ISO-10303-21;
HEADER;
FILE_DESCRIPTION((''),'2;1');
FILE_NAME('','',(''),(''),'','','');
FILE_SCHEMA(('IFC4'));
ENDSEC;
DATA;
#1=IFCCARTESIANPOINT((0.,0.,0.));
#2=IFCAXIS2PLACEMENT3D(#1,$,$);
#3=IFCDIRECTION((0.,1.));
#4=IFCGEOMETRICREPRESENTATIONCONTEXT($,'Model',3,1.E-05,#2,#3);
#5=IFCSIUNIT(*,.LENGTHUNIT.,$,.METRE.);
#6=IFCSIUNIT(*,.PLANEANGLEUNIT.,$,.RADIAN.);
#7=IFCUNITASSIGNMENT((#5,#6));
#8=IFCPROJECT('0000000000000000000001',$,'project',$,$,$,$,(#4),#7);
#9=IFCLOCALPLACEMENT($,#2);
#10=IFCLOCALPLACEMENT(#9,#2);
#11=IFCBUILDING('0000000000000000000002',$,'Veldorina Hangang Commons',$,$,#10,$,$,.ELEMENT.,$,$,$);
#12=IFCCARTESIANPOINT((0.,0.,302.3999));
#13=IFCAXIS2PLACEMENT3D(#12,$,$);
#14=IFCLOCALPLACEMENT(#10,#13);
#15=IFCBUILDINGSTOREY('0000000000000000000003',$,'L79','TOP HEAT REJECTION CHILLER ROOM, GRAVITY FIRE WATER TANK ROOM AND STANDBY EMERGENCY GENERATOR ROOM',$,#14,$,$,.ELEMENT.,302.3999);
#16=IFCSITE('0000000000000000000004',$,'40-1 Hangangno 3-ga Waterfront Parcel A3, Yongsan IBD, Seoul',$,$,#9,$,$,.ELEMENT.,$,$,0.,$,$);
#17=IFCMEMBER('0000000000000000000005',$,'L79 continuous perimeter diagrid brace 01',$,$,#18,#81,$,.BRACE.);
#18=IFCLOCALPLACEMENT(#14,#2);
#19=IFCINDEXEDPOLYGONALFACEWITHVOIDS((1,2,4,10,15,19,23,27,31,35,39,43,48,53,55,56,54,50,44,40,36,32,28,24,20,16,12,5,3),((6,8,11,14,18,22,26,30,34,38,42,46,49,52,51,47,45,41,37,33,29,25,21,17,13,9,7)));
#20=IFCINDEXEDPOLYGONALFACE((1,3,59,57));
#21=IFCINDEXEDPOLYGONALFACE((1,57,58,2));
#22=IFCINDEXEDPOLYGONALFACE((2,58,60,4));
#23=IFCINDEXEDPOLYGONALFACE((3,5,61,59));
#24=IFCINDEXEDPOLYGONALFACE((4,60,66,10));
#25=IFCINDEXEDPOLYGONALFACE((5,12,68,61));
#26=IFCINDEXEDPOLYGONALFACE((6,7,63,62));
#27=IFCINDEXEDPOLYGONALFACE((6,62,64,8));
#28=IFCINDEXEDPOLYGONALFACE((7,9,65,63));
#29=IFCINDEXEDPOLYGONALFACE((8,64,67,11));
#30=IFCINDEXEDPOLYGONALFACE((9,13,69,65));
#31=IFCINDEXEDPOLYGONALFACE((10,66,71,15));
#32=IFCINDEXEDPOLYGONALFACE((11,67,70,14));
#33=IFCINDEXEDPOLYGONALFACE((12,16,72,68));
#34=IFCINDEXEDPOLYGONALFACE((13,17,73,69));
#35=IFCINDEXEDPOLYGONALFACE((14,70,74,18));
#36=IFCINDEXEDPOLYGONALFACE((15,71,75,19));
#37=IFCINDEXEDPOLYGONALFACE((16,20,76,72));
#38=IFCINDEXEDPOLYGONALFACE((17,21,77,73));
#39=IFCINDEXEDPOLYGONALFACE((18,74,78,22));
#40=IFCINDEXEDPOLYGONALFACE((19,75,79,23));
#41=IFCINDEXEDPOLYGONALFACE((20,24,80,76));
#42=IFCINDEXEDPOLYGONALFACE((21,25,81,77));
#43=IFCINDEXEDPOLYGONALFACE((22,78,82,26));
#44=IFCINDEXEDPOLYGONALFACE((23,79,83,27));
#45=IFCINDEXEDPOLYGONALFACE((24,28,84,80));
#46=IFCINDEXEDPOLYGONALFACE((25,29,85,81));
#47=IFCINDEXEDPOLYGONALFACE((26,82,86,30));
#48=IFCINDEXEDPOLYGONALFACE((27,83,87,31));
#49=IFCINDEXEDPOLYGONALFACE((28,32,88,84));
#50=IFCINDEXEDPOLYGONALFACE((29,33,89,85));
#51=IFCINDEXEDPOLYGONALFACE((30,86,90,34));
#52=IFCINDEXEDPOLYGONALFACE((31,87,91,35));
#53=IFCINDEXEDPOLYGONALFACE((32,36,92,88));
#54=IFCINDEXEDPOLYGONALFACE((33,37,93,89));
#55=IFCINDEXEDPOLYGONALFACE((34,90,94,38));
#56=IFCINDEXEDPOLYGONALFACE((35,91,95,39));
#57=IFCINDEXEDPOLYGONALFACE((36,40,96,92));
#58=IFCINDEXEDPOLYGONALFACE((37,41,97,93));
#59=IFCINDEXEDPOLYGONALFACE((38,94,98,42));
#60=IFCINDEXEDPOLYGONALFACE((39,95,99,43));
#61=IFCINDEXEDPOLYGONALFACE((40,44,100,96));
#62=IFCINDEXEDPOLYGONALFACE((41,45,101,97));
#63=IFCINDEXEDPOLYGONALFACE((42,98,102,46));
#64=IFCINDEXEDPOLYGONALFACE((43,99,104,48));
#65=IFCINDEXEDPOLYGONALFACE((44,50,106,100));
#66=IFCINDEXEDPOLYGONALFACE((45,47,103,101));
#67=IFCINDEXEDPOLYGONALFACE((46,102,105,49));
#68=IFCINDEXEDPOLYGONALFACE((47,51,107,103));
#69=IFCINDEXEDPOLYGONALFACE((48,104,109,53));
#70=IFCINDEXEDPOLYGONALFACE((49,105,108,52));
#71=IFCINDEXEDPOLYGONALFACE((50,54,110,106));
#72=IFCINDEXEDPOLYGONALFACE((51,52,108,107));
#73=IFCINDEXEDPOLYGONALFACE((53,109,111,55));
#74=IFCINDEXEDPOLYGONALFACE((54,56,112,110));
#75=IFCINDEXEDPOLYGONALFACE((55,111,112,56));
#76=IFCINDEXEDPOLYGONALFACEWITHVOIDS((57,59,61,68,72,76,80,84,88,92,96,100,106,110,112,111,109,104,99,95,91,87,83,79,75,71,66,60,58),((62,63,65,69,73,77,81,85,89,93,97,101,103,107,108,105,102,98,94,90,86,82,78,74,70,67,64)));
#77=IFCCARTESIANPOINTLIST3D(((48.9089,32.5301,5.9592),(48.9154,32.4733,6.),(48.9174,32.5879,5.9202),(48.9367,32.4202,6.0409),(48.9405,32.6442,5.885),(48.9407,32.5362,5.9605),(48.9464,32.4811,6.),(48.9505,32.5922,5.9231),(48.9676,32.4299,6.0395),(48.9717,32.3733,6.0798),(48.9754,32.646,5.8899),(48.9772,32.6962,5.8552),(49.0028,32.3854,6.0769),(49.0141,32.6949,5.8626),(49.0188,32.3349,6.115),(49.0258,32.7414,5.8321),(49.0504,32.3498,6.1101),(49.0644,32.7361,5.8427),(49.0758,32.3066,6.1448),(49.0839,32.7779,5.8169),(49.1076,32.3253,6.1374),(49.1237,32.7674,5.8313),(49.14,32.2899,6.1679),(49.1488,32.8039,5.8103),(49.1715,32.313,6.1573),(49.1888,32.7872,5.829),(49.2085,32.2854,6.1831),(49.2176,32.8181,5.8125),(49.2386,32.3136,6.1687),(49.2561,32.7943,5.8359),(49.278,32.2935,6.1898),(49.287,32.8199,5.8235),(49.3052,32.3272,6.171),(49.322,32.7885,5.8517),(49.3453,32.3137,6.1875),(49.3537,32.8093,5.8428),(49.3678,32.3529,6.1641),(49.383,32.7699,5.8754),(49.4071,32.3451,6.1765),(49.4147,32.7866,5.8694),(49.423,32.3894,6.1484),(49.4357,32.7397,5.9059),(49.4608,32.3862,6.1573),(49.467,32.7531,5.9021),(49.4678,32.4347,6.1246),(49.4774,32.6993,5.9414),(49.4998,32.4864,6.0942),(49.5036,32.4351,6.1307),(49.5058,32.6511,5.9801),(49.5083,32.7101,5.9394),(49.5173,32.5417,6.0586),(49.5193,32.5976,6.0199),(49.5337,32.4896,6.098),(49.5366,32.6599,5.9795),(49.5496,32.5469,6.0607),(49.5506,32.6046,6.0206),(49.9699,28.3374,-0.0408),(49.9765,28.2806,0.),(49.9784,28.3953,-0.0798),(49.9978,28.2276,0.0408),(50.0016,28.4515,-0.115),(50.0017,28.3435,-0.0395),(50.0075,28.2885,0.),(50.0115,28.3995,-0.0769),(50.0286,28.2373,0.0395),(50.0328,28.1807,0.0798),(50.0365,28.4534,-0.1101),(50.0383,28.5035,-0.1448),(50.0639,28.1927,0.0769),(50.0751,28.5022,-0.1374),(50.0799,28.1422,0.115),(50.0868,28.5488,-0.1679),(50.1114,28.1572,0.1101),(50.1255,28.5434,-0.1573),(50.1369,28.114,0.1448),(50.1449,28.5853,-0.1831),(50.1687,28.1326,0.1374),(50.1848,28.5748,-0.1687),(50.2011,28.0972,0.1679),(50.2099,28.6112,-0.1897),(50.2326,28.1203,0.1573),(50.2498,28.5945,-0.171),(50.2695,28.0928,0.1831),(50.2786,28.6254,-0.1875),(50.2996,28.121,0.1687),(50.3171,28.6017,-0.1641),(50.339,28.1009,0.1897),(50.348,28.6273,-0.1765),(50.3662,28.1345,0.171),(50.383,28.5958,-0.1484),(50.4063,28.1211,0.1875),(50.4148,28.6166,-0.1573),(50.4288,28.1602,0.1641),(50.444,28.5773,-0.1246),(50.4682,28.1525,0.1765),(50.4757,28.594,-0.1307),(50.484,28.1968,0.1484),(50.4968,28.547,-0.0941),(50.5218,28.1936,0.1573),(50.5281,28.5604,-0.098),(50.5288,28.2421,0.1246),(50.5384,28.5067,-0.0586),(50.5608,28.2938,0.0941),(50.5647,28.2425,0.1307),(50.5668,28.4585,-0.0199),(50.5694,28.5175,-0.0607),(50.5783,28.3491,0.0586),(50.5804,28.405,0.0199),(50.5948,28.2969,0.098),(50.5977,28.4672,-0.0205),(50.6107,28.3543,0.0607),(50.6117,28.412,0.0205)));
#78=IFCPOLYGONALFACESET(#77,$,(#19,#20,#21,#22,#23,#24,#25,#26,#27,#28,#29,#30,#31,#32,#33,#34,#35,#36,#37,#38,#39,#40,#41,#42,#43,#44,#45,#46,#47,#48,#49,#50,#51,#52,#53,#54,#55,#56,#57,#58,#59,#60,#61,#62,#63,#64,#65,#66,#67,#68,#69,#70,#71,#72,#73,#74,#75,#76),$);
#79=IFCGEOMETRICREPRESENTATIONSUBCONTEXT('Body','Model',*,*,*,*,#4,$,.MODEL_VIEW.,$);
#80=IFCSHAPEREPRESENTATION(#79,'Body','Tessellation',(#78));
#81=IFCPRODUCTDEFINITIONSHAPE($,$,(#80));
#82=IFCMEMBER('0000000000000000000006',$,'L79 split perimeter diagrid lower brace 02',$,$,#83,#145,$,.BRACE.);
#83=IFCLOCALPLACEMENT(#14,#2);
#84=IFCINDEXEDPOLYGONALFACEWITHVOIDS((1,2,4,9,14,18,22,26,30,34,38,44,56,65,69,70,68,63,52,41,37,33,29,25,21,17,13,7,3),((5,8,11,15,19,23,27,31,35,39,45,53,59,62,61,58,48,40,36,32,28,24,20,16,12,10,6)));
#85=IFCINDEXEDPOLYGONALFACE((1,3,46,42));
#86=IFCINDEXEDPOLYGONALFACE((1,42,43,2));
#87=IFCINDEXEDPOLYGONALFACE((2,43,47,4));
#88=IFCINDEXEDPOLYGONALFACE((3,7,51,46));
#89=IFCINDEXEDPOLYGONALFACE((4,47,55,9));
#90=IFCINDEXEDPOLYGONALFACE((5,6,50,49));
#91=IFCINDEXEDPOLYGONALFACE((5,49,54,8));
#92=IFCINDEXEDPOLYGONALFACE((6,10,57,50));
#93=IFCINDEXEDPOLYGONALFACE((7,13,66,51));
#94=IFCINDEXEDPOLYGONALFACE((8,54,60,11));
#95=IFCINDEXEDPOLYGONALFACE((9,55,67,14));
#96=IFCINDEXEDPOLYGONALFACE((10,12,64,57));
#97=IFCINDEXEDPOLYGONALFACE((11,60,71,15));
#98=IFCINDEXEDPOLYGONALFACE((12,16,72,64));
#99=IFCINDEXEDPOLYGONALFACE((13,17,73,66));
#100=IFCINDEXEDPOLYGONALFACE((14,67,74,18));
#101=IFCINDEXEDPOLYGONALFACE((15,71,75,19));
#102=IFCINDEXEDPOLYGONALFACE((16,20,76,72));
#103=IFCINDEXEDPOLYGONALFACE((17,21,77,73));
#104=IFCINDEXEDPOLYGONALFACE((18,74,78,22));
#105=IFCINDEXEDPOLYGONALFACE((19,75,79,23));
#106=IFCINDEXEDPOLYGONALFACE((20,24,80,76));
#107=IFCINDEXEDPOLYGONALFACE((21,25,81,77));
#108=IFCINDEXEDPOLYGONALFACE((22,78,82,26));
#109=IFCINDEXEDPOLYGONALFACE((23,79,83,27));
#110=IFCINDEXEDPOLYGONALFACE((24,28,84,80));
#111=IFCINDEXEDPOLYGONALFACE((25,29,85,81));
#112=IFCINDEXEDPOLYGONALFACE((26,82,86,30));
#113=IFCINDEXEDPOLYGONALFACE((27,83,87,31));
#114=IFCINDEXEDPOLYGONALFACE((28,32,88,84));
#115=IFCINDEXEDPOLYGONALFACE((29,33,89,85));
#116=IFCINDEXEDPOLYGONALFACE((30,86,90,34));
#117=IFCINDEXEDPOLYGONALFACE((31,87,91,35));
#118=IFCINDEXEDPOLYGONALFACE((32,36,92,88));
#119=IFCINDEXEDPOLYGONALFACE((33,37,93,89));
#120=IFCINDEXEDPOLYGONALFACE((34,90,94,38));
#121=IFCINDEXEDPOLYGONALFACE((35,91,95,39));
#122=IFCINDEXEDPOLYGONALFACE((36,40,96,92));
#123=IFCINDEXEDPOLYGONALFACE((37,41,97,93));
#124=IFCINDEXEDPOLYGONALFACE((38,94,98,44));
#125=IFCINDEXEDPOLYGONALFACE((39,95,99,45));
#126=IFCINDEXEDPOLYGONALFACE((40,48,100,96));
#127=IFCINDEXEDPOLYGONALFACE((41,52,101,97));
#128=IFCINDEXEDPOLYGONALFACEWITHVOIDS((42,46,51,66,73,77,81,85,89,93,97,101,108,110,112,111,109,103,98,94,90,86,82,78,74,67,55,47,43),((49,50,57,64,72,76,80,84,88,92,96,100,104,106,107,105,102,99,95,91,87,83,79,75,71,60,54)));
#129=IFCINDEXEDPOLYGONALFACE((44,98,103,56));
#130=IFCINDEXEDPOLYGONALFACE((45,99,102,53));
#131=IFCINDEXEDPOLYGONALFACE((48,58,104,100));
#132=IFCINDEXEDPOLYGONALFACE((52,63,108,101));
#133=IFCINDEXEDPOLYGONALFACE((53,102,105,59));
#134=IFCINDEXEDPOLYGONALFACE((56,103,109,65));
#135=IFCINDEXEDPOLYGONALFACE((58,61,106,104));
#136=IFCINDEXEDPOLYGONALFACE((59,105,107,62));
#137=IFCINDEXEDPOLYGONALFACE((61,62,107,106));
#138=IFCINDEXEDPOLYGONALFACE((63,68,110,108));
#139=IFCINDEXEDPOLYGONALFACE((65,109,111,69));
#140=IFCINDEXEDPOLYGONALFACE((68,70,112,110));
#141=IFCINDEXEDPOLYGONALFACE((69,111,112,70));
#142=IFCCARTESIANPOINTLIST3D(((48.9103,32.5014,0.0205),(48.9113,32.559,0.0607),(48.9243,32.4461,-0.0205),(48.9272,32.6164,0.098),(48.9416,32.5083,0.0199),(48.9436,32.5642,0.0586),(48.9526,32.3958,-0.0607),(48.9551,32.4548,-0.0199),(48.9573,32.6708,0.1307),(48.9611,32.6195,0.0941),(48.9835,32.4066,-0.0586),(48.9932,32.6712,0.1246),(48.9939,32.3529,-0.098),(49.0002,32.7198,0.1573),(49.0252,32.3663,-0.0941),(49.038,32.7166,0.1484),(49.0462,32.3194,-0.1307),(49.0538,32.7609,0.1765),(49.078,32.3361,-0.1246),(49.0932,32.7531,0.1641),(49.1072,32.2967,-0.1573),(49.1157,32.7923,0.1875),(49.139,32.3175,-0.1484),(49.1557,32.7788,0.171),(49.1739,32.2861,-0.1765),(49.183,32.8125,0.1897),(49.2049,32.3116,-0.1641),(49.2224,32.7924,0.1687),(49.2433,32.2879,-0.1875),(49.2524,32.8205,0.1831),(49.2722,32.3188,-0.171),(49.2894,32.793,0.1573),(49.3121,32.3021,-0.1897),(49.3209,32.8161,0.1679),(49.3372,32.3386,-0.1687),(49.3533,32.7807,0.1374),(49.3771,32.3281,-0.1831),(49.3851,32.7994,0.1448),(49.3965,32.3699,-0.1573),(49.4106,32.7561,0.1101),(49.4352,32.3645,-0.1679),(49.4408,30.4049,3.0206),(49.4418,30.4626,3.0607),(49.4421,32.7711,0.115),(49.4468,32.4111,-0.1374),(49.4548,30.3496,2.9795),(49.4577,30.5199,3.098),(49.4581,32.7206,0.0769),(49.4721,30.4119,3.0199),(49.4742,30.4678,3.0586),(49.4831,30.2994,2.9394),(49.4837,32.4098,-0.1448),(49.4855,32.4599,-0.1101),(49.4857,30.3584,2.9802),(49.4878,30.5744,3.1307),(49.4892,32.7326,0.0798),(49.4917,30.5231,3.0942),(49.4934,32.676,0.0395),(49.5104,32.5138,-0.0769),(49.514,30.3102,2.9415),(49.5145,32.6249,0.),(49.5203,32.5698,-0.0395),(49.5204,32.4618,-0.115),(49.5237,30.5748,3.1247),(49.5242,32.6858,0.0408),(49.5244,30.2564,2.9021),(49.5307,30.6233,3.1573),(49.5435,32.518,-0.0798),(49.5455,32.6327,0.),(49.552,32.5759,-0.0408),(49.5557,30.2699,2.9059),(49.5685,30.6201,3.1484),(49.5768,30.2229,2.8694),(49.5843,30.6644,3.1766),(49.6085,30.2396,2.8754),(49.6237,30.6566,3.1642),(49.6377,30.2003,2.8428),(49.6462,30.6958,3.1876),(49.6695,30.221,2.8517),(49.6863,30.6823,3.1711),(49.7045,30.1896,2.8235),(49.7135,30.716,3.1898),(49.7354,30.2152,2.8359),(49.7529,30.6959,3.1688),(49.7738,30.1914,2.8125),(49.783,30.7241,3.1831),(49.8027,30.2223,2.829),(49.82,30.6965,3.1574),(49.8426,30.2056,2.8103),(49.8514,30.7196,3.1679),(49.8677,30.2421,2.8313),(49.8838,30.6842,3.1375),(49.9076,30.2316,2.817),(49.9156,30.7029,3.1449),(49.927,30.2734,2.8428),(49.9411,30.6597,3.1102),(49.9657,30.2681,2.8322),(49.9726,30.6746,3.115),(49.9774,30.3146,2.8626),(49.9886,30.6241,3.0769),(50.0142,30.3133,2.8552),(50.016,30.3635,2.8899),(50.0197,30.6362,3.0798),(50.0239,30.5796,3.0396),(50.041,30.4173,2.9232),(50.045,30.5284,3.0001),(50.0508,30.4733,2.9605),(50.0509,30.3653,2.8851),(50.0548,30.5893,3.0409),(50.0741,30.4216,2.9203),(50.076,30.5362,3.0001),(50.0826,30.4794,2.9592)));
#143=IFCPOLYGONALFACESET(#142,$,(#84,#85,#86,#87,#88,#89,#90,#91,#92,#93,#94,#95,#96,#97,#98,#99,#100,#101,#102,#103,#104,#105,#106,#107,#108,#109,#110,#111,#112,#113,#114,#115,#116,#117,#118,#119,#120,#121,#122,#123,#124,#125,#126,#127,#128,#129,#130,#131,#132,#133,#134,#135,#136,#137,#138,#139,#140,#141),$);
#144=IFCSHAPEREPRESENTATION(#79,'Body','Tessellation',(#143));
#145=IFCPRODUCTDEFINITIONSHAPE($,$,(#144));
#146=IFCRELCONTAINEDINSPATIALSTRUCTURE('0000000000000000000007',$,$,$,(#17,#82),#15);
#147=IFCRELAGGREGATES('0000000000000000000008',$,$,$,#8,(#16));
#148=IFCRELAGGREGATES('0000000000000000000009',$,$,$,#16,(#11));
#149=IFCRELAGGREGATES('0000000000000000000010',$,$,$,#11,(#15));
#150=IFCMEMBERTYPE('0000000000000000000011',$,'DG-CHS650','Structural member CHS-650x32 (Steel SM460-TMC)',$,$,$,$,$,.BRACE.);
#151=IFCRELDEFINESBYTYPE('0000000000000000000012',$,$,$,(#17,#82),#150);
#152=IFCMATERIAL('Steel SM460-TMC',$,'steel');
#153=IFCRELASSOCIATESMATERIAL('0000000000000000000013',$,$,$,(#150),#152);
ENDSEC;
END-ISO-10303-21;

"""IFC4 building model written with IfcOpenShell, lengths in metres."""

from ifc_helpers import new_model, si_unit, direction, frame, origin, origin_2d, place, context, subcontext, project, spatial, hollow_circle, extrude, material, material_profile, profile_set, type_object, element, save


model = new_model("IFC4")

# Units and contexts
model_context = context("Model", 3, precision=1e-05, world=origin(), true_north=direction((0.0, 1.0)))
body_context = subcontext(model_context, "Body", "Model", "MODEL_VIEW")
ifc_project = project(units=[si_unit("LENGTHUNIT", "METRE"), si_unit("PLANEANGLEUNIT", "RADIAN")], contexts=[model_context])

# Site, building, storey
site_placement = place(None, origin())
site = spatial("IfcSite", under=ifc_project, at=site_placement, Name="40-1 Hangangno 3-ga Waterfront Parcel A3, Yongsan IBD, Seoul", CompositionType="ELEMENT", RefElevation=0.0)
building_placement = place(site_placement, origin())
building = spatial("IfcBuilding", under=site, at=building_placement, Name="Veldorina Hangang Commons", CompositionType="ELEMENT")
storey_placement = place(building_placement, frame((0.0, 0.0, 302.3999)))
storey = spatial("IfcBuildingStorey", under=building, at=storey_placement, Name="L79", Description="TOP HEAT REJECTION CHILLER ROOM, GRAVITY FIRE WATER TANK ROOM AND STANDBY EMERGENCY GENERATOR ROOM", CompositionType="ELEMENT", Elevation=302.3999)

# Shared definitions
ifc_material_1 = material(Name="Steel SM460-TMC", Category="steel")

# Members
ifc_material_profile_1 = material_profile(ifc_material_1, hollow_circle(Radius=0.325, WallThickness=0.032, at=origin_2d()), Name="CHS-650x32")
ifc_profile_set_1 = profile_set([ifc_material_profile_1], Name="Steel SM460-TMC")
member_type_1 = type_object("IfcMemberType", Name="DG-CHS650", Description="Structural member CHS-650x32 (Steel SM460-TMC)", PredefinedType="BRACE", material=ifc_profile_set_1)
member_1_placement = place(storey_placement, frame((50.2915, 28.3604, 0.0), z_axis=(-0.143457, 0.566862, 0.811226), x_axis=(-0.969438, -0.245337, 0.0)))
element("IfcMember", 1, at=member_1_placement, inside=storey, type_object=member_type_1, Name="L79 continuous perimeter diagrid brace 01", PredefinedType="BRACE", context=body_context, shape_type="SweptSolid", body=[
    extrude(hollow_circle(Radius=0.325, WallThickness=0.032, at=origin_2d()), origin(), (0.0, 0.0, 1.0), 7.3962),
])
member_2_placement = place(storey_placement, frame((49.2305, 32.553, 0.0), z_axis=(0.143454, -0.566884, 0.811211), x_axis=(0.969441, 0.245324, 0.0)))
element("IfcMember", 2, at=member_2_placement, inside=storey, type_object=member_type_1, Name="L79 split perimeter diagrid lower brace 02", PredefinedType="BRACE", context=body_context, shape_type="SweptSolid", body=[
    extrude(hollow_circle(Radius=0.325, WallThickness=0.032, at=origin_2d()), origin(), (0.0, 0.0, 1.0), 3.6982),
])

save(model, "model.ifc")
